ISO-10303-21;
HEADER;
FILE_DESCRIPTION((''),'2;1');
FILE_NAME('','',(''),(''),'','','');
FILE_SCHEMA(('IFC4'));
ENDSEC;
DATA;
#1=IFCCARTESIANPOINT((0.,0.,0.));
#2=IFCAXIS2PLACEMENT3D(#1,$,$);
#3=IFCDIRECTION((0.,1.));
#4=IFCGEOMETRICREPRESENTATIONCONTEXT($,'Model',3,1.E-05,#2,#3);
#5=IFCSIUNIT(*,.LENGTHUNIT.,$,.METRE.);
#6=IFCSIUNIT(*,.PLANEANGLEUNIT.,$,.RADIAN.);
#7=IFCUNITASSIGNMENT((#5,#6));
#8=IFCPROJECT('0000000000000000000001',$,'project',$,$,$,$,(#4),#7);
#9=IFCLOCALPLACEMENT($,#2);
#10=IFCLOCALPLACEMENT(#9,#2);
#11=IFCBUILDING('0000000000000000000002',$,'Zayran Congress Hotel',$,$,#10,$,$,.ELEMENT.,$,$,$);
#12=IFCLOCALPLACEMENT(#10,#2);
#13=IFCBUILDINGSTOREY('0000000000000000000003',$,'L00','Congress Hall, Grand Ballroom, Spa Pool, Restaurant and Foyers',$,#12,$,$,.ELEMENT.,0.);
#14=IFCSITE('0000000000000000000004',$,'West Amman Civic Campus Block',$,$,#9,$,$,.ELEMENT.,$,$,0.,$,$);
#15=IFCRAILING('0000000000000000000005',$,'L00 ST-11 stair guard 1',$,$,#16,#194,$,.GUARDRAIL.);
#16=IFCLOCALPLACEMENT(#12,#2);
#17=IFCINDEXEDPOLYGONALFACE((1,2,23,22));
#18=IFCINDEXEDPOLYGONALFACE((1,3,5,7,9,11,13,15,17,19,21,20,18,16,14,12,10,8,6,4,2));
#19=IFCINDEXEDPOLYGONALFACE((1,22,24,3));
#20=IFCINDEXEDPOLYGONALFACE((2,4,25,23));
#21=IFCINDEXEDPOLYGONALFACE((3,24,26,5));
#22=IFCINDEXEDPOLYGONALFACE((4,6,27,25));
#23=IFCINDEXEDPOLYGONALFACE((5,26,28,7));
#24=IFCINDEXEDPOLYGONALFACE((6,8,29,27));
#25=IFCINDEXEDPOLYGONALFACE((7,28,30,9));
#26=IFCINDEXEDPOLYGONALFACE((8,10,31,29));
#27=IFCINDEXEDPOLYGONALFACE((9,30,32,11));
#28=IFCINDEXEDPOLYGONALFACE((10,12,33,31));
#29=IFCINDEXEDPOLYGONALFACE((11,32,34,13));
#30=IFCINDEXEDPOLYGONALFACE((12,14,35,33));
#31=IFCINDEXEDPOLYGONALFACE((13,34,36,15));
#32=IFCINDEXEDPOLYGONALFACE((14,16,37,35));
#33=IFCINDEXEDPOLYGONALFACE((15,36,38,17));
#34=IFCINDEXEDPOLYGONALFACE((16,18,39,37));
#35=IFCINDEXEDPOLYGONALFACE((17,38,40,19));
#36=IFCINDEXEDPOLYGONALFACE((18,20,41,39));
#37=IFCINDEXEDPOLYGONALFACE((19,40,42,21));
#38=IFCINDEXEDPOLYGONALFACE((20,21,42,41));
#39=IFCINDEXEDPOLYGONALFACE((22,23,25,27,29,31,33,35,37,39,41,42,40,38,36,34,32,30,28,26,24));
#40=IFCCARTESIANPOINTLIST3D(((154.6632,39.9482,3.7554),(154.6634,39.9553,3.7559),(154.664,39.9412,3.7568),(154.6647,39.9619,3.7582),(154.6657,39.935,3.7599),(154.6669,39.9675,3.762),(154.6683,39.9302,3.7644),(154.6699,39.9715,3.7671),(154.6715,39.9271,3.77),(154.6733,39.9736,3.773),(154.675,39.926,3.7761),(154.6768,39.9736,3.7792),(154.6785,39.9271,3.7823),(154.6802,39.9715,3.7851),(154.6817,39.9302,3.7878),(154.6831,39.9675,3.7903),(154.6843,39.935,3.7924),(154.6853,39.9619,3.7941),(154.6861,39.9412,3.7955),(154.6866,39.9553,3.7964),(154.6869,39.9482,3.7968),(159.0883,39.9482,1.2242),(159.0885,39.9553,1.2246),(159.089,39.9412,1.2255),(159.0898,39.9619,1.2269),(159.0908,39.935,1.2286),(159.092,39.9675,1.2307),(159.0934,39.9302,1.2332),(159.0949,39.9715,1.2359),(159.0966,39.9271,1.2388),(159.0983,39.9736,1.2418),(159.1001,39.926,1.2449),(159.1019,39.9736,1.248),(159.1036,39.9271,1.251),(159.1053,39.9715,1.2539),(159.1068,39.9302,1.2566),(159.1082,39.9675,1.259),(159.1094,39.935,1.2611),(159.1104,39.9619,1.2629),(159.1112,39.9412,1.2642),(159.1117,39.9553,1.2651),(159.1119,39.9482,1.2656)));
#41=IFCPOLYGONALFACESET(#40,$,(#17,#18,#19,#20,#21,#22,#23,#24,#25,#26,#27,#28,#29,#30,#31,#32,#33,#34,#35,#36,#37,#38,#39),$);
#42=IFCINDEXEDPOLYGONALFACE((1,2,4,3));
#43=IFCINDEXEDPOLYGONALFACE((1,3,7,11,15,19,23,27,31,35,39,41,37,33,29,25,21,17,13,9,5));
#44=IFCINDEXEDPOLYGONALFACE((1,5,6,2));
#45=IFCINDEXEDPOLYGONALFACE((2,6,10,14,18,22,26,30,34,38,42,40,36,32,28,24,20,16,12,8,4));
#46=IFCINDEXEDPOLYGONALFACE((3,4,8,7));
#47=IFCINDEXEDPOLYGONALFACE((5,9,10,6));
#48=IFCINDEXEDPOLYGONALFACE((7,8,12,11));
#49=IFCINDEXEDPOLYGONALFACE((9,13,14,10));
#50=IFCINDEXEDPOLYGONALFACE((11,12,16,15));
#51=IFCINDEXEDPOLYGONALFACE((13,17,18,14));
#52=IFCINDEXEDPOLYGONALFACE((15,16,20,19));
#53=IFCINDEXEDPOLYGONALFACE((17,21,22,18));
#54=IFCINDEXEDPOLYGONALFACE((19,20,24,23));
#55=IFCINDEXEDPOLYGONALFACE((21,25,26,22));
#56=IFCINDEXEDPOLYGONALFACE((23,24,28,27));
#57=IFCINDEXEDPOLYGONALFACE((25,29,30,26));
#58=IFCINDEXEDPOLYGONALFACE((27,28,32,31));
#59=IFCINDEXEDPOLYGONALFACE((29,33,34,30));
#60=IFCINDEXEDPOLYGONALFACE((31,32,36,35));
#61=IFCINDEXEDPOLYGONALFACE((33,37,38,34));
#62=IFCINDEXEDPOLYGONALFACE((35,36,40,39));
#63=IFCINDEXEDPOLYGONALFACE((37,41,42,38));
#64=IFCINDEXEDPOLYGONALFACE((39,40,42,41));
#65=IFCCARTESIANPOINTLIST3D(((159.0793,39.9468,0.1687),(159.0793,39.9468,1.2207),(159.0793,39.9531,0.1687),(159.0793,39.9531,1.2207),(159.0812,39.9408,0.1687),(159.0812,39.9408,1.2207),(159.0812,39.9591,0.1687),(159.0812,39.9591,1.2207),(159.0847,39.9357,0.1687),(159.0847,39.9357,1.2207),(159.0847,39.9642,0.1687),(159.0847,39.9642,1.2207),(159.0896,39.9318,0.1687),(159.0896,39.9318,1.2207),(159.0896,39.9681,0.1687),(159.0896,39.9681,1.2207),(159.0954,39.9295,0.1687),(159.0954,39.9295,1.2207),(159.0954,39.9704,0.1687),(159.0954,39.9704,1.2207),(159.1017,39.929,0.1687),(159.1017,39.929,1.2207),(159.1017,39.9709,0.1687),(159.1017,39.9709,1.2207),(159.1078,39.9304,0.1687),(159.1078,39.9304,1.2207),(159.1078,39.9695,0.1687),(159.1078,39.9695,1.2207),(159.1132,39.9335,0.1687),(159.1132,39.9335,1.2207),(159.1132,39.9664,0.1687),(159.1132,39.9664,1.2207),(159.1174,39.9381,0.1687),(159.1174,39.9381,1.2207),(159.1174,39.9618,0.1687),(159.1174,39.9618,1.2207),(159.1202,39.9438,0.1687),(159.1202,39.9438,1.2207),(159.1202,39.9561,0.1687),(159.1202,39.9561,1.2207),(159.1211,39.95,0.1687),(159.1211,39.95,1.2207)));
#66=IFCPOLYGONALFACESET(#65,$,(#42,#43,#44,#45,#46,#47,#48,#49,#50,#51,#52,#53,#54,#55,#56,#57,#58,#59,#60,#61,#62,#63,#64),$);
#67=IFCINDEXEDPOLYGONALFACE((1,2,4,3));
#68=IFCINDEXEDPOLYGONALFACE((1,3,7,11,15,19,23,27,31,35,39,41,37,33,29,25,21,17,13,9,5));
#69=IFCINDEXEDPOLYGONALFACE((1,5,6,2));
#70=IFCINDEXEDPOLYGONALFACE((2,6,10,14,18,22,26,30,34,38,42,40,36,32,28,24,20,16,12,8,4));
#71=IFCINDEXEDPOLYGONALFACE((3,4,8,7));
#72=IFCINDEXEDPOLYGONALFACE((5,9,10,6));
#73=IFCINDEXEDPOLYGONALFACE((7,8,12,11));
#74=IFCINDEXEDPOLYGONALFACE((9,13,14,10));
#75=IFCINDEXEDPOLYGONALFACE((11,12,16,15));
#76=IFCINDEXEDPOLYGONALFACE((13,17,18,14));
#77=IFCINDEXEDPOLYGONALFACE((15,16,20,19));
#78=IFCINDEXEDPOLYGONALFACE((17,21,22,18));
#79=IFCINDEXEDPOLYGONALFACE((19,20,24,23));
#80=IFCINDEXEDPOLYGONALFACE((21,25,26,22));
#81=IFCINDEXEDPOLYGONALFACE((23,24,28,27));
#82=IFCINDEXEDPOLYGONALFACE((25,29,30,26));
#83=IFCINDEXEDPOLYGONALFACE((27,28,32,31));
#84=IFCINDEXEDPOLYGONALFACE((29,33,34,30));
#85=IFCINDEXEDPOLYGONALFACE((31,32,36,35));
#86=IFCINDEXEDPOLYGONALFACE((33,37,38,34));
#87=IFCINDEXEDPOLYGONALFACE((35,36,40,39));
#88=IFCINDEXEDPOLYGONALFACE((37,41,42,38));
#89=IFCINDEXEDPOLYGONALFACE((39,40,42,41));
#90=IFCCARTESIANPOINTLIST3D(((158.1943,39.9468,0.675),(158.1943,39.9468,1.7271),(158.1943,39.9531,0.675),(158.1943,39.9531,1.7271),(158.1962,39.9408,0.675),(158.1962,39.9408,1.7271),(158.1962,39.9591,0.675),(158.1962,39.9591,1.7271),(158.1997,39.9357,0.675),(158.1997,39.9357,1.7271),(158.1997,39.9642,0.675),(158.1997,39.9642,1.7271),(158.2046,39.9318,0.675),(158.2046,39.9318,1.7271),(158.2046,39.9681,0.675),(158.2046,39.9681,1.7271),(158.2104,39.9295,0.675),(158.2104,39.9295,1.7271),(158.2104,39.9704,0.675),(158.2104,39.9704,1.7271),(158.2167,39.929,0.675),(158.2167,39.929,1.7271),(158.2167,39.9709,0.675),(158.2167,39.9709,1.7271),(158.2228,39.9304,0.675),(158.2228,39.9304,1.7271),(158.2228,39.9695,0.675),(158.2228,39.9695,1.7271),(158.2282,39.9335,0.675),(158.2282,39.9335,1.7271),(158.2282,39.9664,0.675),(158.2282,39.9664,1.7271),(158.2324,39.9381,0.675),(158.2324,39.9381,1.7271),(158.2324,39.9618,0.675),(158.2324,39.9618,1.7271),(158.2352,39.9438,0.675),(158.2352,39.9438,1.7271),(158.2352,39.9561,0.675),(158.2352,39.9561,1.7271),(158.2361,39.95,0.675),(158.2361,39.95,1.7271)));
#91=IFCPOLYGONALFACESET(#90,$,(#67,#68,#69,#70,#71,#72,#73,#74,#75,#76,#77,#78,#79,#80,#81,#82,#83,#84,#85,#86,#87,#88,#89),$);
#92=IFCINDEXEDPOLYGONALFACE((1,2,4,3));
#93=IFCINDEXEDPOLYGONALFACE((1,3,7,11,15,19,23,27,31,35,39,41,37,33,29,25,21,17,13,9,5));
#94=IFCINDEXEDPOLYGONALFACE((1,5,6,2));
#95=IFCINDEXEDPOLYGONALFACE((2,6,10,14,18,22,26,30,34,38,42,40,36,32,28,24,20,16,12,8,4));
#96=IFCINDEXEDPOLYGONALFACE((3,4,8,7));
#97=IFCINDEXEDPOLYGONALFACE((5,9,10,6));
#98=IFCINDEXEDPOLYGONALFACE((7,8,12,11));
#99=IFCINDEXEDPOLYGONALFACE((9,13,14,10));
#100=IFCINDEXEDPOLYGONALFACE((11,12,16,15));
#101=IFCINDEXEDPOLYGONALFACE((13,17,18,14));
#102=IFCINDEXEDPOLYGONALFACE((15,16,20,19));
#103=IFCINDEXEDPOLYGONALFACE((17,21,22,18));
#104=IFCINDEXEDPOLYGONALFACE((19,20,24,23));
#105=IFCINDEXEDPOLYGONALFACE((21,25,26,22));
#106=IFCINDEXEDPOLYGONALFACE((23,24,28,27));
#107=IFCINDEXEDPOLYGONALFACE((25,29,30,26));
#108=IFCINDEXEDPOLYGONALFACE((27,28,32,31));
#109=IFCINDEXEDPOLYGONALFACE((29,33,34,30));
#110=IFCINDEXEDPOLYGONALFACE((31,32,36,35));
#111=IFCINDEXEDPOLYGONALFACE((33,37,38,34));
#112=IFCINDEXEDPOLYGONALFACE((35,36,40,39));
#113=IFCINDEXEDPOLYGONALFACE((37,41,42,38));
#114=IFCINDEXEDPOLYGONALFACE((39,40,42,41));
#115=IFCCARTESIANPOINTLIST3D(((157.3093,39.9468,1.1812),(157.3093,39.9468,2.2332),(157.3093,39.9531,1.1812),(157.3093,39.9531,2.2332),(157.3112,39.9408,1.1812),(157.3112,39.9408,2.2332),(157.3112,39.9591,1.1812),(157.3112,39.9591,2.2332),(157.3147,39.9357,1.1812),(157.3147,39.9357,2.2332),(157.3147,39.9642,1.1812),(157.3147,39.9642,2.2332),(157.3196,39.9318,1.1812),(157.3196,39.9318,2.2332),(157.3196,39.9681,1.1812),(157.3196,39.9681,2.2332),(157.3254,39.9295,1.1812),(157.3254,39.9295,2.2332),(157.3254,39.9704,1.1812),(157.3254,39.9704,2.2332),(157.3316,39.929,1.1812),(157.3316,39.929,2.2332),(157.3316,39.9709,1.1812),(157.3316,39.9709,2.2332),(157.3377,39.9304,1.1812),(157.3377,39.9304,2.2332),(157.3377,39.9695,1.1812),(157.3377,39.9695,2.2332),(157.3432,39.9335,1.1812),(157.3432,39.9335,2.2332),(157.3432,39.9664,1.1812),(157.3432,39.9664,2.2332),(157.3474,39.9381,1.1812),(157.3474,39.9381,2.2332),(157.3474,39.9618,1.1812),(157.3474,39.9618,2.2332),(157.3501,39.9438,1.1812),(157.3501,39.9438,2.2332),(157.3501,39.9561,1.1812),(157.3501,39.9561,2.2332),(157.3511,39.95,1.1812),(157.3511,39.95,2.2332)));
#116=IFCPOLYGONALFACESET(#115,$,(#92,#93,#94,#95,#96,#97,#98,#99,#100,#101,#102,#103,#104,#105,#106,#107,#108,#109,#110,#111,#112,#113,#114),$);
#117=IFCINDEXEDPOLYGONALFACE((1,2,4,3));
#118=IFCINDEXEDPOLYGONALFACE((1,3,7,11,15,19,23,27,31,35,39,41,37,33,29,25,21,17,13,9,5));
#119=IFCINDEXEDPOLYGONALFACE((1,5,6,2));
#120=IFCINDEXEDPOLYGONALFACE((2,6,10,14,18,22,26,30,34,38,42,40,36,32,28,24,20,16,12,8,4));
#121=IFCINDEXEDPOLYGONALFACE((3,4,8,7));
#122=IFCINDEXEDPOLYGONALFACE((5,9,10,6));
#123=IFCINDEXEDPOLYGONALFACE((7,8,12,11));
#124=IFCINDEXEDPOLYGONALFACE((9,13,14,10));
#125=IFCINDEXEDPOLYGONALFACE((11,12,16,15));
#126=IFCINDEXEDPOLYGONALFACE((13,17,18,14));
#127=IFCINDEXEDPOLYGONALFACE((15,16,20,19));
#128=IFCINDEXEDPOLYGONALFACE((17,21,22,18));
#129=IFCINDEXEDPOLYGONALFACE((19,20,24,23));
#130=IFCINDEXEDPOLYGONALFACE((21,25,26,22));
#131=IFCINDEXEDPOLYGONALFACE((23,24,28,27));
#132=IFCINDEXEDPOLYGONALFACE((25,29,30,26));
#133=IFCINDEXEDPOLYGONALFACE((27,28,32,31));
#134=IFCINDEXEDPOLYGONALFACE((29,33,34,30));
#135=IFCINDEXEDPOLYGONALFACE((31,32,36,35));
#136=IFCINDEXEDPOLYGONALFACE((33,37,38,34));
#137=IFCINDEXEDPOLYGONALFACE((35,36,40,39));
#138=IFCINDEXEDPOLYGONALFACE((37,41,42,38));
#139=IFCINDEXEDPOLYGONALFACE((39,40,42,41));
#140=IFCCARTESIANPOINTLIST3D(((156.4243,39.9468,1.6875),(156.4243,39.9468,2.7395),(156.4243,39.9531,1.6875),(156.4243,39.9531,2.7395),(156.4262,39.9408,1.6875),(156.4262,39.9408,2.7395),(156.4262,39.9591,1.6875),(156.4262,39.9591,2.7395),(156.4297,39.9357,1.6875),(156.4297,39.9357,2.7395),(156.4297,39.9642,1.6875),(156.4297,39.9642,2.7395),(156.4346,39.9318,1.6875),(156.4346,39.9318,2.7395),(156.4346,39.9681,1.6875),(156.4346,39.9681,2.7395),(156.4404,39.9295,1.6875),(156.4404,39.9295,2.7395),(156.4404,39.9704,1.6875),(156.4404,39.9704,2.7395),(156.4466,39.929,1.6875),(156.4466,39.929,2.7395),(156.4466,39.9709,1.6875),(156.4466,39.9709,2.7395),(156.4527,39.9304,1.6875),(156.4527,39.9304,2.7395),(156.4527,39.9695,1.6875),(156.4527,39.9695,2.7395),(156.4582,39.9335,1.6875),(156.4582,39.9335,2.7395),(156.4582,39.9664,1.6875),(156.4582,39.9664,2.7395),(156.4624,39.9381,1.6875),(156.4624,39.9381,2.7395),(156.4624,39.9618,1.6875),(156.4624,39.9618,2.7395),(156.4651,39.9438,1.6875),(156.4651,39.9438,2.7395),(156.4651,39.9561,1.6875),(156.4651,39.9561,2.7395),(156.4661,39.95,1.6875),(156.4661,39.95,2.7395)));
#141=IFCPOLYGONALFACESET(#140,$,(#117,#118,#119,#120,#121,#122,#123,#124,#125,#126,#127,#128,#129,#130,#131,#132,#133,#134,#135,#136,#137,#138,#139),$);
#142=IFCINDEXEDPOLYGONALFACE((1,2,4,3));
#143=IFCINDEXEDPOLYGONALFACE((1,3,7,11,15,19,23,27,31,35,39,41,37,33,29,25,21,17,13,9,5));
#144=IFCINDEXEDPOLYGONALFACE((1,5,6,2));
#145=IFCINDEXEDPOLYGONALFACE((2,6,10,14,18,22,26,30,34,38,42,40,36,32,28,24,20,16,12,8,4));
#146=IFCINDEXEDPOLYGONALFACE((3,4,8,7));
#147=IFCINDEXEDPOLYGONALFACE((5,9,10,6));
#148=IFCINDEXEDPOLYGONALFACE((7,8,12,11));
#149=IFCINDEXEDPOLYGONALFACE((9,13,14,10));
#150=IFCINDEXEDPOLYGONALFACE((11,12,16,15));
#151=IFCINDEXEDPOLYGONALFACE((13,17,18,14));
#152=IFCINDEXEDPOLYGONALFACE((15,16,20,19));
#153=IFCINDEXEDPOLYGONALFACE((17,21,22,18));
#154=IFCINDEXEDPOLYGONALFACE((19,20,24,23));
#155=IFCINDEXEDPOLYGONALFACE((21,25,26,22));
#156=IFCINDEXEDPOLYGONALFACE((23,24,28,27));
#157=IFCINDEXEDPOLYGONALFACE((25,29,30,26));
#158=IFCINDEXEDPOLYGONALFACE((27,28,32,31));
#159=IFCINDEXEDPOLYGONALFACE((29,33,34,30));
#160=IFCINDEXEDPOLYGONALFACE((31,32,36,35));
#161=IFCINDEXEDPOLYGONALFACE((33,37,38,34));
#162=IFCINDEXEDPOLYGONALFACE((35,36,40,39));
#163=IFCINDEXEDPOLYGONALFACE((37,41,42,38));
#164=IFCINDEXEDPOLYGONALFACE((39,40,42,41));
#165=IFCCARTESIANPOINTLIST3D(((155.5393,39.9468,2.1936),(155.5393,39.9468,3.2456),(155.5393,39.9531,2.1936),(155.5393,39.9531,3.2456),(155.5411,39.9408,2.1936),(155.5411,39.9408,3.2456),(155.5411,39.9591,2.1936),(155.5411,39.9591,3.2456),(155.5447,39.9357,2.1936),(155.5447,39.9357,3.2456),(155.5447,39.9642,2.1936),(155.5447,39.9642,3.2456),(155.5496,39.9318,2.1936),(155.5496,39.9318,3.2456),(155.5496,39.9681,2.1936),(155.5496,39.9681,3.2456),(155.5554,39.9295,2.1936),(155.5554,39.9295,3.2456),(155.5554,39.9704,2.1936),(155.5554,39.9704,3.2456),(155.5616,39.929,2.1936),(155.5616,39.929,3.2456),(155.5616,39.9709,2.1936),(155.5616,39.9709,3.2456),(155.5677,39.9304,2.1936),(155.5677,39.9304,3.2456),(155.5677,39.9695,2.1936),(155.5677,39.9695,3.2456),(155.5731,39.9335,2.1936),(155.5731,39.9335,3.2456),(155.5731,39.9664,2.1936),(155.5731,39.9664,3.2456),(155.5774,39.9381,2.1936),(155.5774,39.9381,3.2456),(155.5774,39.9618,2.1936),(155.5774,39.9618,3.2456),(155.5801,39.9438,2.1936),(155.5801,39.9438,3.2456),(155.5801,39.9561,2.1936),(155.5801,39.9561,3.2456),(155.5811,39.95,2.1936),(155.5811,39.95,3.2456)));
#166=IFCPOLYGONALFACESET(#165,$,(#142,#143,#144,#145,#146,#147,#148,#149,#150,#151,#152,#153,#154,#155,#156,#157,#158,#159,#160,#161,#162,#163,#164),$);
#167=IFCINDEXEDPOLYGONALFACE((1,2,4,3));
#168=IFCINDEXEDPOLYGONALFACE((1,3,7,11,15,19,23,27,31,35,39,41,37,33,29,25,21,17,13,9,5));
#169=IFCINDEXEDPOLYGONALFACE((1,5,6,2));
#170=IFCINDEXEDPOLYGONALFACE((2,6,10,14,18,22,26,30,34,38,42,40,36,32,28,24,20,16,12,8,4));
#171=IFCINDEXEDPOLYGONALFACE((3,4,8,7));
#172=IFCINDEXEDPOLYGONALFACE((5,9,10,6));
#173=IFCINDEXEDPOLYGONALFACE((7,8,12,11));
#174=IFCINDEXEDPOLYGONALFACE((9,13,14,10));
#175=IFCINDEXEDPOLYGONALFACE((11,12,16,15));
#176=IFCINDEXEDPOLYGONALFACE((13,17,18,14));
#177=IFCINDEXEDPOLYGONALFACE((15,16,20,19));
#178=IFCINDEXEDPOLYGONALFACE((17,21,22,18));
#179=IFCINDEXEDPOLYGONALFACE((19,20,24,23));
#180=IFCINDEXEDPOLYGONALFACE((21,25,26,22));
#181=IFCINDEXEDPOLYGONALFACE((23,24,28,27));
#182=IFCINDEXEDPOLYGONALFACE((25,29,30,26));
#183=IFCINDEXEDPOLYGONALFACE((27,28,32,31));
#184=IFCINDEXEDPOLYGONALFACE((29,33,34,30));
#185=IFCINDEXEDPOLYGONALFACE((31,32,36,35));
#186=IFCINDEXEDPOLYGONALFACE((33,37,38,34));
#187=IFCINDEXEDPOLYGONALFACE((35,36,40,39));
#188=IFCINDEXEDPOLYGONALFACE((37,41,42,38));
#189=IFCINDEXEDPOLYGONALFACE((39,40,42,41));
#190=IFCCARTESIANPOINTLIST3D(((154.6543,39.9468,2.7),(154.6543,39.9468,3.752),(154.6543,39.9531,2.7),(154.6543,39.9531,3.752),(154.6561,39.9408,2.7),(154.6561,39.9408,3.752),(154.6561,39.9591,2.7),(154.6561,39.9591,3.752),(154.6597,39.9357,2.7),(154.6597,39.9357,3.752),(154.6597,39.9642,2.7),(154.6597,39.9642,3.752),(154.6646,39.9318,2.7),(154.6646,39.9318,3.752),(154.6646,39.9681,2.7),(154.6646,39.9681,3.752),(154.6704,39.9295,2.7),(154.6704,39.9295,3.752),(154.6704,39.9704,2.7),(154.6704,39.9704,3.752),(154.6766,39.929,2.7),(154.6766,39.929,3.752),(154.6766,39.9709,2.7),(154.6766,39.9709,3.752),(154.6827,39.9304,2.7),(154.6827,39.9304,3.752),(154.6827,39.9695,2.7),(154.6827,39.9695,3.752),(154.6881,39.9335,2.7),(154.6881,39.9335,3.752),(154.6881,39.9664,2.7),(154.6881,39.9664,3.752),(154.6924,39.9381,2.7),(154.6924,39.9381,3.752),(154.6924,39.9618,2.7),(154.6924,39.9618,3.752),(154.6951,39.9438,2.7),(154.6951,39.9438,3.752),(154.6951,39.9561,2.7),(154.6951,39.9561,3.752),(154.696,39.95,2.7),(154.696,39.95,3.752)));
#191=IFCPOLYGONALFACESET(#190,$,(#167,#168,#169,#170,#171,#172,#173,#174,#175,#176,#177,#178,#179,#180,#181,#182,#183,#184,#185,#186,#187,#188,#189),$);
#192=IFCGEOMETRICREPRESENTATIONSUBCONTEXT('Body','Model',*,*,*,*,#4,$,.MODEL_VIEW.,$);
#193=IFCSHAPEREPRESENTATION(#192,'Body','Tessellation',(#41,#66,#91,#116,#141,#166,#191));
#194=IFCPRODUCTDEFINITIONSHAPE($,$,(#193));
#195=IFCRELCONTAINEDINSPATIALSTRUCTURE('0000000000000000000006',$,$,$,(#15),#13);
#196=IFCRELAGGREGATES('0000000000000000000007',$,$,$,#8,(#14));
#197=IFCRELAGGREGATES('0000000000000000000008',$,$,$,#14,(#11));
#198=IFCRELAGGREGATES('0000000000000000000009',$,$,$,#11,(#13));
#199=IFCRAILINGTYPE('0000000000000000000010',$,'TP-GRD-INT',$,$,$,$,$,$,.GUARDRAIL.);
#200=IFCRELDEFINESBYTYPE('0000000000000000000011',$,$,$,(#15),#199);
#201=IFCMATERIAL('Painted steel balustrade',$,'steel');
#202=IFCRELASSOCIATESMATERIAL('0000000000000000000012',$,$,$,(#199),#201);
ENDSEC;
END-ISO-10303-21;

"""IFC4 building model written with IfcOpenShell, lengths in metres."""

from ifc_helpers import new_model, si_unit, direction, frame, origin, origin_2d, place, context, subcontext, project, spatial, circle, extrude, material, type_object, element, save


model = new_model("IFC4")

# Units and contexts
model_context = context("Model", 3, precision=1e-05, world=origin(), true_north=direction((0.0, 1.0)))
body_context = subcontext(model_context, "Body", "Model", "MODEL_VIEW")
ifc_project = project(units=[si_unit("LENGTHUNIT", "METRE"), si_unit("PLANEANGLEUNIT", "RADIAN")], contexts=[model_context])

# Site, building, storey
site_placement = place(None, origin())
site = spatial("IfcSite", under=ifc_project, at=site_placement, Name="West Amman Civic Campus Block", CompositionType="ELEMENT", RefElevation=0.0)
building_placement = place(site_placement, origin())
building = spatial("IfcBuilding", under=site, at=building_placement, Name="Zayran Congress Hotel", CompositionType="ELEMENT")
storey_placement = place(building_placement, origin())
storey = spatial("IfcBuildingStorey", under=building, at=storey_placement, Name="L00", Description="Congress Hall, Grand Ballroom, Spa Pool, Restaurant and Foyers", CompositionType="ELEMENT", Elevation=0.0)

# Railing
ifc_material_1 = material(Name="Painted steel balustrade", Category="steel")
railing_type_1 = type_object("IfcRailingType", Name="TP-GRD-INT", PredefinedType="GUARDRAIL", material=ifc_material_1)
railing_1_placement = place(storey_placement, frame((159.1001, 39.95, 0.1687)))
element("IfcRailing", 1, at=railing_1_placement, inside=storey, type_object=railing_type_1, Name="L00 ST-11 stair guard 1", PredefinedType="GUARDRAIL", context=body_context, shape_type="SweptSolid", body=[
    extrude(circle(Radius=0.0239, at=origin_2d()), frame((0.0, 0.0, 1.0762), z_axis=(-0.868019, 0.0, 0.496531), x_axis=(0.0, -1.0, 0.0)), (0.0, 0.0, 1.0), 5.0979),
    extrude(circle(Radius=0.021, at=origin_2d()), origin(), (0.0, 0.0, 1.0), 1.052),
    extrude(circle(Radius=0.021, at=origin_2d()), frame((-0.885, 0.0, 0.5063)), (0.0, 0.0, 1.0), 1.052),
    extrude(circle(Radius=0.021, at=origin_2d()), frame((-1.77, 0.0, 1.0125)), (0.0, 0.0, 1.0), 1.052),
    extrude(circle(Radius=0.021, at=origin_2d()), frame((-2.655, 0.0, 1.5188)), (0.0, 0.0, 1.0), 1.052),
    extrude(circle(Radius=0.021, at=origin_2d()), frame((-3.54, 0.0, 2.0249)), (0.0, 0.0, 1.0), 1.052),
    extrude(circle(Radius=0.021, at=origin_2d()), frame((-4.425, 0.0, 2.5312)), (0.0, 0.0, 1.0), 1.052),
])

save(model, "model.ifc")
